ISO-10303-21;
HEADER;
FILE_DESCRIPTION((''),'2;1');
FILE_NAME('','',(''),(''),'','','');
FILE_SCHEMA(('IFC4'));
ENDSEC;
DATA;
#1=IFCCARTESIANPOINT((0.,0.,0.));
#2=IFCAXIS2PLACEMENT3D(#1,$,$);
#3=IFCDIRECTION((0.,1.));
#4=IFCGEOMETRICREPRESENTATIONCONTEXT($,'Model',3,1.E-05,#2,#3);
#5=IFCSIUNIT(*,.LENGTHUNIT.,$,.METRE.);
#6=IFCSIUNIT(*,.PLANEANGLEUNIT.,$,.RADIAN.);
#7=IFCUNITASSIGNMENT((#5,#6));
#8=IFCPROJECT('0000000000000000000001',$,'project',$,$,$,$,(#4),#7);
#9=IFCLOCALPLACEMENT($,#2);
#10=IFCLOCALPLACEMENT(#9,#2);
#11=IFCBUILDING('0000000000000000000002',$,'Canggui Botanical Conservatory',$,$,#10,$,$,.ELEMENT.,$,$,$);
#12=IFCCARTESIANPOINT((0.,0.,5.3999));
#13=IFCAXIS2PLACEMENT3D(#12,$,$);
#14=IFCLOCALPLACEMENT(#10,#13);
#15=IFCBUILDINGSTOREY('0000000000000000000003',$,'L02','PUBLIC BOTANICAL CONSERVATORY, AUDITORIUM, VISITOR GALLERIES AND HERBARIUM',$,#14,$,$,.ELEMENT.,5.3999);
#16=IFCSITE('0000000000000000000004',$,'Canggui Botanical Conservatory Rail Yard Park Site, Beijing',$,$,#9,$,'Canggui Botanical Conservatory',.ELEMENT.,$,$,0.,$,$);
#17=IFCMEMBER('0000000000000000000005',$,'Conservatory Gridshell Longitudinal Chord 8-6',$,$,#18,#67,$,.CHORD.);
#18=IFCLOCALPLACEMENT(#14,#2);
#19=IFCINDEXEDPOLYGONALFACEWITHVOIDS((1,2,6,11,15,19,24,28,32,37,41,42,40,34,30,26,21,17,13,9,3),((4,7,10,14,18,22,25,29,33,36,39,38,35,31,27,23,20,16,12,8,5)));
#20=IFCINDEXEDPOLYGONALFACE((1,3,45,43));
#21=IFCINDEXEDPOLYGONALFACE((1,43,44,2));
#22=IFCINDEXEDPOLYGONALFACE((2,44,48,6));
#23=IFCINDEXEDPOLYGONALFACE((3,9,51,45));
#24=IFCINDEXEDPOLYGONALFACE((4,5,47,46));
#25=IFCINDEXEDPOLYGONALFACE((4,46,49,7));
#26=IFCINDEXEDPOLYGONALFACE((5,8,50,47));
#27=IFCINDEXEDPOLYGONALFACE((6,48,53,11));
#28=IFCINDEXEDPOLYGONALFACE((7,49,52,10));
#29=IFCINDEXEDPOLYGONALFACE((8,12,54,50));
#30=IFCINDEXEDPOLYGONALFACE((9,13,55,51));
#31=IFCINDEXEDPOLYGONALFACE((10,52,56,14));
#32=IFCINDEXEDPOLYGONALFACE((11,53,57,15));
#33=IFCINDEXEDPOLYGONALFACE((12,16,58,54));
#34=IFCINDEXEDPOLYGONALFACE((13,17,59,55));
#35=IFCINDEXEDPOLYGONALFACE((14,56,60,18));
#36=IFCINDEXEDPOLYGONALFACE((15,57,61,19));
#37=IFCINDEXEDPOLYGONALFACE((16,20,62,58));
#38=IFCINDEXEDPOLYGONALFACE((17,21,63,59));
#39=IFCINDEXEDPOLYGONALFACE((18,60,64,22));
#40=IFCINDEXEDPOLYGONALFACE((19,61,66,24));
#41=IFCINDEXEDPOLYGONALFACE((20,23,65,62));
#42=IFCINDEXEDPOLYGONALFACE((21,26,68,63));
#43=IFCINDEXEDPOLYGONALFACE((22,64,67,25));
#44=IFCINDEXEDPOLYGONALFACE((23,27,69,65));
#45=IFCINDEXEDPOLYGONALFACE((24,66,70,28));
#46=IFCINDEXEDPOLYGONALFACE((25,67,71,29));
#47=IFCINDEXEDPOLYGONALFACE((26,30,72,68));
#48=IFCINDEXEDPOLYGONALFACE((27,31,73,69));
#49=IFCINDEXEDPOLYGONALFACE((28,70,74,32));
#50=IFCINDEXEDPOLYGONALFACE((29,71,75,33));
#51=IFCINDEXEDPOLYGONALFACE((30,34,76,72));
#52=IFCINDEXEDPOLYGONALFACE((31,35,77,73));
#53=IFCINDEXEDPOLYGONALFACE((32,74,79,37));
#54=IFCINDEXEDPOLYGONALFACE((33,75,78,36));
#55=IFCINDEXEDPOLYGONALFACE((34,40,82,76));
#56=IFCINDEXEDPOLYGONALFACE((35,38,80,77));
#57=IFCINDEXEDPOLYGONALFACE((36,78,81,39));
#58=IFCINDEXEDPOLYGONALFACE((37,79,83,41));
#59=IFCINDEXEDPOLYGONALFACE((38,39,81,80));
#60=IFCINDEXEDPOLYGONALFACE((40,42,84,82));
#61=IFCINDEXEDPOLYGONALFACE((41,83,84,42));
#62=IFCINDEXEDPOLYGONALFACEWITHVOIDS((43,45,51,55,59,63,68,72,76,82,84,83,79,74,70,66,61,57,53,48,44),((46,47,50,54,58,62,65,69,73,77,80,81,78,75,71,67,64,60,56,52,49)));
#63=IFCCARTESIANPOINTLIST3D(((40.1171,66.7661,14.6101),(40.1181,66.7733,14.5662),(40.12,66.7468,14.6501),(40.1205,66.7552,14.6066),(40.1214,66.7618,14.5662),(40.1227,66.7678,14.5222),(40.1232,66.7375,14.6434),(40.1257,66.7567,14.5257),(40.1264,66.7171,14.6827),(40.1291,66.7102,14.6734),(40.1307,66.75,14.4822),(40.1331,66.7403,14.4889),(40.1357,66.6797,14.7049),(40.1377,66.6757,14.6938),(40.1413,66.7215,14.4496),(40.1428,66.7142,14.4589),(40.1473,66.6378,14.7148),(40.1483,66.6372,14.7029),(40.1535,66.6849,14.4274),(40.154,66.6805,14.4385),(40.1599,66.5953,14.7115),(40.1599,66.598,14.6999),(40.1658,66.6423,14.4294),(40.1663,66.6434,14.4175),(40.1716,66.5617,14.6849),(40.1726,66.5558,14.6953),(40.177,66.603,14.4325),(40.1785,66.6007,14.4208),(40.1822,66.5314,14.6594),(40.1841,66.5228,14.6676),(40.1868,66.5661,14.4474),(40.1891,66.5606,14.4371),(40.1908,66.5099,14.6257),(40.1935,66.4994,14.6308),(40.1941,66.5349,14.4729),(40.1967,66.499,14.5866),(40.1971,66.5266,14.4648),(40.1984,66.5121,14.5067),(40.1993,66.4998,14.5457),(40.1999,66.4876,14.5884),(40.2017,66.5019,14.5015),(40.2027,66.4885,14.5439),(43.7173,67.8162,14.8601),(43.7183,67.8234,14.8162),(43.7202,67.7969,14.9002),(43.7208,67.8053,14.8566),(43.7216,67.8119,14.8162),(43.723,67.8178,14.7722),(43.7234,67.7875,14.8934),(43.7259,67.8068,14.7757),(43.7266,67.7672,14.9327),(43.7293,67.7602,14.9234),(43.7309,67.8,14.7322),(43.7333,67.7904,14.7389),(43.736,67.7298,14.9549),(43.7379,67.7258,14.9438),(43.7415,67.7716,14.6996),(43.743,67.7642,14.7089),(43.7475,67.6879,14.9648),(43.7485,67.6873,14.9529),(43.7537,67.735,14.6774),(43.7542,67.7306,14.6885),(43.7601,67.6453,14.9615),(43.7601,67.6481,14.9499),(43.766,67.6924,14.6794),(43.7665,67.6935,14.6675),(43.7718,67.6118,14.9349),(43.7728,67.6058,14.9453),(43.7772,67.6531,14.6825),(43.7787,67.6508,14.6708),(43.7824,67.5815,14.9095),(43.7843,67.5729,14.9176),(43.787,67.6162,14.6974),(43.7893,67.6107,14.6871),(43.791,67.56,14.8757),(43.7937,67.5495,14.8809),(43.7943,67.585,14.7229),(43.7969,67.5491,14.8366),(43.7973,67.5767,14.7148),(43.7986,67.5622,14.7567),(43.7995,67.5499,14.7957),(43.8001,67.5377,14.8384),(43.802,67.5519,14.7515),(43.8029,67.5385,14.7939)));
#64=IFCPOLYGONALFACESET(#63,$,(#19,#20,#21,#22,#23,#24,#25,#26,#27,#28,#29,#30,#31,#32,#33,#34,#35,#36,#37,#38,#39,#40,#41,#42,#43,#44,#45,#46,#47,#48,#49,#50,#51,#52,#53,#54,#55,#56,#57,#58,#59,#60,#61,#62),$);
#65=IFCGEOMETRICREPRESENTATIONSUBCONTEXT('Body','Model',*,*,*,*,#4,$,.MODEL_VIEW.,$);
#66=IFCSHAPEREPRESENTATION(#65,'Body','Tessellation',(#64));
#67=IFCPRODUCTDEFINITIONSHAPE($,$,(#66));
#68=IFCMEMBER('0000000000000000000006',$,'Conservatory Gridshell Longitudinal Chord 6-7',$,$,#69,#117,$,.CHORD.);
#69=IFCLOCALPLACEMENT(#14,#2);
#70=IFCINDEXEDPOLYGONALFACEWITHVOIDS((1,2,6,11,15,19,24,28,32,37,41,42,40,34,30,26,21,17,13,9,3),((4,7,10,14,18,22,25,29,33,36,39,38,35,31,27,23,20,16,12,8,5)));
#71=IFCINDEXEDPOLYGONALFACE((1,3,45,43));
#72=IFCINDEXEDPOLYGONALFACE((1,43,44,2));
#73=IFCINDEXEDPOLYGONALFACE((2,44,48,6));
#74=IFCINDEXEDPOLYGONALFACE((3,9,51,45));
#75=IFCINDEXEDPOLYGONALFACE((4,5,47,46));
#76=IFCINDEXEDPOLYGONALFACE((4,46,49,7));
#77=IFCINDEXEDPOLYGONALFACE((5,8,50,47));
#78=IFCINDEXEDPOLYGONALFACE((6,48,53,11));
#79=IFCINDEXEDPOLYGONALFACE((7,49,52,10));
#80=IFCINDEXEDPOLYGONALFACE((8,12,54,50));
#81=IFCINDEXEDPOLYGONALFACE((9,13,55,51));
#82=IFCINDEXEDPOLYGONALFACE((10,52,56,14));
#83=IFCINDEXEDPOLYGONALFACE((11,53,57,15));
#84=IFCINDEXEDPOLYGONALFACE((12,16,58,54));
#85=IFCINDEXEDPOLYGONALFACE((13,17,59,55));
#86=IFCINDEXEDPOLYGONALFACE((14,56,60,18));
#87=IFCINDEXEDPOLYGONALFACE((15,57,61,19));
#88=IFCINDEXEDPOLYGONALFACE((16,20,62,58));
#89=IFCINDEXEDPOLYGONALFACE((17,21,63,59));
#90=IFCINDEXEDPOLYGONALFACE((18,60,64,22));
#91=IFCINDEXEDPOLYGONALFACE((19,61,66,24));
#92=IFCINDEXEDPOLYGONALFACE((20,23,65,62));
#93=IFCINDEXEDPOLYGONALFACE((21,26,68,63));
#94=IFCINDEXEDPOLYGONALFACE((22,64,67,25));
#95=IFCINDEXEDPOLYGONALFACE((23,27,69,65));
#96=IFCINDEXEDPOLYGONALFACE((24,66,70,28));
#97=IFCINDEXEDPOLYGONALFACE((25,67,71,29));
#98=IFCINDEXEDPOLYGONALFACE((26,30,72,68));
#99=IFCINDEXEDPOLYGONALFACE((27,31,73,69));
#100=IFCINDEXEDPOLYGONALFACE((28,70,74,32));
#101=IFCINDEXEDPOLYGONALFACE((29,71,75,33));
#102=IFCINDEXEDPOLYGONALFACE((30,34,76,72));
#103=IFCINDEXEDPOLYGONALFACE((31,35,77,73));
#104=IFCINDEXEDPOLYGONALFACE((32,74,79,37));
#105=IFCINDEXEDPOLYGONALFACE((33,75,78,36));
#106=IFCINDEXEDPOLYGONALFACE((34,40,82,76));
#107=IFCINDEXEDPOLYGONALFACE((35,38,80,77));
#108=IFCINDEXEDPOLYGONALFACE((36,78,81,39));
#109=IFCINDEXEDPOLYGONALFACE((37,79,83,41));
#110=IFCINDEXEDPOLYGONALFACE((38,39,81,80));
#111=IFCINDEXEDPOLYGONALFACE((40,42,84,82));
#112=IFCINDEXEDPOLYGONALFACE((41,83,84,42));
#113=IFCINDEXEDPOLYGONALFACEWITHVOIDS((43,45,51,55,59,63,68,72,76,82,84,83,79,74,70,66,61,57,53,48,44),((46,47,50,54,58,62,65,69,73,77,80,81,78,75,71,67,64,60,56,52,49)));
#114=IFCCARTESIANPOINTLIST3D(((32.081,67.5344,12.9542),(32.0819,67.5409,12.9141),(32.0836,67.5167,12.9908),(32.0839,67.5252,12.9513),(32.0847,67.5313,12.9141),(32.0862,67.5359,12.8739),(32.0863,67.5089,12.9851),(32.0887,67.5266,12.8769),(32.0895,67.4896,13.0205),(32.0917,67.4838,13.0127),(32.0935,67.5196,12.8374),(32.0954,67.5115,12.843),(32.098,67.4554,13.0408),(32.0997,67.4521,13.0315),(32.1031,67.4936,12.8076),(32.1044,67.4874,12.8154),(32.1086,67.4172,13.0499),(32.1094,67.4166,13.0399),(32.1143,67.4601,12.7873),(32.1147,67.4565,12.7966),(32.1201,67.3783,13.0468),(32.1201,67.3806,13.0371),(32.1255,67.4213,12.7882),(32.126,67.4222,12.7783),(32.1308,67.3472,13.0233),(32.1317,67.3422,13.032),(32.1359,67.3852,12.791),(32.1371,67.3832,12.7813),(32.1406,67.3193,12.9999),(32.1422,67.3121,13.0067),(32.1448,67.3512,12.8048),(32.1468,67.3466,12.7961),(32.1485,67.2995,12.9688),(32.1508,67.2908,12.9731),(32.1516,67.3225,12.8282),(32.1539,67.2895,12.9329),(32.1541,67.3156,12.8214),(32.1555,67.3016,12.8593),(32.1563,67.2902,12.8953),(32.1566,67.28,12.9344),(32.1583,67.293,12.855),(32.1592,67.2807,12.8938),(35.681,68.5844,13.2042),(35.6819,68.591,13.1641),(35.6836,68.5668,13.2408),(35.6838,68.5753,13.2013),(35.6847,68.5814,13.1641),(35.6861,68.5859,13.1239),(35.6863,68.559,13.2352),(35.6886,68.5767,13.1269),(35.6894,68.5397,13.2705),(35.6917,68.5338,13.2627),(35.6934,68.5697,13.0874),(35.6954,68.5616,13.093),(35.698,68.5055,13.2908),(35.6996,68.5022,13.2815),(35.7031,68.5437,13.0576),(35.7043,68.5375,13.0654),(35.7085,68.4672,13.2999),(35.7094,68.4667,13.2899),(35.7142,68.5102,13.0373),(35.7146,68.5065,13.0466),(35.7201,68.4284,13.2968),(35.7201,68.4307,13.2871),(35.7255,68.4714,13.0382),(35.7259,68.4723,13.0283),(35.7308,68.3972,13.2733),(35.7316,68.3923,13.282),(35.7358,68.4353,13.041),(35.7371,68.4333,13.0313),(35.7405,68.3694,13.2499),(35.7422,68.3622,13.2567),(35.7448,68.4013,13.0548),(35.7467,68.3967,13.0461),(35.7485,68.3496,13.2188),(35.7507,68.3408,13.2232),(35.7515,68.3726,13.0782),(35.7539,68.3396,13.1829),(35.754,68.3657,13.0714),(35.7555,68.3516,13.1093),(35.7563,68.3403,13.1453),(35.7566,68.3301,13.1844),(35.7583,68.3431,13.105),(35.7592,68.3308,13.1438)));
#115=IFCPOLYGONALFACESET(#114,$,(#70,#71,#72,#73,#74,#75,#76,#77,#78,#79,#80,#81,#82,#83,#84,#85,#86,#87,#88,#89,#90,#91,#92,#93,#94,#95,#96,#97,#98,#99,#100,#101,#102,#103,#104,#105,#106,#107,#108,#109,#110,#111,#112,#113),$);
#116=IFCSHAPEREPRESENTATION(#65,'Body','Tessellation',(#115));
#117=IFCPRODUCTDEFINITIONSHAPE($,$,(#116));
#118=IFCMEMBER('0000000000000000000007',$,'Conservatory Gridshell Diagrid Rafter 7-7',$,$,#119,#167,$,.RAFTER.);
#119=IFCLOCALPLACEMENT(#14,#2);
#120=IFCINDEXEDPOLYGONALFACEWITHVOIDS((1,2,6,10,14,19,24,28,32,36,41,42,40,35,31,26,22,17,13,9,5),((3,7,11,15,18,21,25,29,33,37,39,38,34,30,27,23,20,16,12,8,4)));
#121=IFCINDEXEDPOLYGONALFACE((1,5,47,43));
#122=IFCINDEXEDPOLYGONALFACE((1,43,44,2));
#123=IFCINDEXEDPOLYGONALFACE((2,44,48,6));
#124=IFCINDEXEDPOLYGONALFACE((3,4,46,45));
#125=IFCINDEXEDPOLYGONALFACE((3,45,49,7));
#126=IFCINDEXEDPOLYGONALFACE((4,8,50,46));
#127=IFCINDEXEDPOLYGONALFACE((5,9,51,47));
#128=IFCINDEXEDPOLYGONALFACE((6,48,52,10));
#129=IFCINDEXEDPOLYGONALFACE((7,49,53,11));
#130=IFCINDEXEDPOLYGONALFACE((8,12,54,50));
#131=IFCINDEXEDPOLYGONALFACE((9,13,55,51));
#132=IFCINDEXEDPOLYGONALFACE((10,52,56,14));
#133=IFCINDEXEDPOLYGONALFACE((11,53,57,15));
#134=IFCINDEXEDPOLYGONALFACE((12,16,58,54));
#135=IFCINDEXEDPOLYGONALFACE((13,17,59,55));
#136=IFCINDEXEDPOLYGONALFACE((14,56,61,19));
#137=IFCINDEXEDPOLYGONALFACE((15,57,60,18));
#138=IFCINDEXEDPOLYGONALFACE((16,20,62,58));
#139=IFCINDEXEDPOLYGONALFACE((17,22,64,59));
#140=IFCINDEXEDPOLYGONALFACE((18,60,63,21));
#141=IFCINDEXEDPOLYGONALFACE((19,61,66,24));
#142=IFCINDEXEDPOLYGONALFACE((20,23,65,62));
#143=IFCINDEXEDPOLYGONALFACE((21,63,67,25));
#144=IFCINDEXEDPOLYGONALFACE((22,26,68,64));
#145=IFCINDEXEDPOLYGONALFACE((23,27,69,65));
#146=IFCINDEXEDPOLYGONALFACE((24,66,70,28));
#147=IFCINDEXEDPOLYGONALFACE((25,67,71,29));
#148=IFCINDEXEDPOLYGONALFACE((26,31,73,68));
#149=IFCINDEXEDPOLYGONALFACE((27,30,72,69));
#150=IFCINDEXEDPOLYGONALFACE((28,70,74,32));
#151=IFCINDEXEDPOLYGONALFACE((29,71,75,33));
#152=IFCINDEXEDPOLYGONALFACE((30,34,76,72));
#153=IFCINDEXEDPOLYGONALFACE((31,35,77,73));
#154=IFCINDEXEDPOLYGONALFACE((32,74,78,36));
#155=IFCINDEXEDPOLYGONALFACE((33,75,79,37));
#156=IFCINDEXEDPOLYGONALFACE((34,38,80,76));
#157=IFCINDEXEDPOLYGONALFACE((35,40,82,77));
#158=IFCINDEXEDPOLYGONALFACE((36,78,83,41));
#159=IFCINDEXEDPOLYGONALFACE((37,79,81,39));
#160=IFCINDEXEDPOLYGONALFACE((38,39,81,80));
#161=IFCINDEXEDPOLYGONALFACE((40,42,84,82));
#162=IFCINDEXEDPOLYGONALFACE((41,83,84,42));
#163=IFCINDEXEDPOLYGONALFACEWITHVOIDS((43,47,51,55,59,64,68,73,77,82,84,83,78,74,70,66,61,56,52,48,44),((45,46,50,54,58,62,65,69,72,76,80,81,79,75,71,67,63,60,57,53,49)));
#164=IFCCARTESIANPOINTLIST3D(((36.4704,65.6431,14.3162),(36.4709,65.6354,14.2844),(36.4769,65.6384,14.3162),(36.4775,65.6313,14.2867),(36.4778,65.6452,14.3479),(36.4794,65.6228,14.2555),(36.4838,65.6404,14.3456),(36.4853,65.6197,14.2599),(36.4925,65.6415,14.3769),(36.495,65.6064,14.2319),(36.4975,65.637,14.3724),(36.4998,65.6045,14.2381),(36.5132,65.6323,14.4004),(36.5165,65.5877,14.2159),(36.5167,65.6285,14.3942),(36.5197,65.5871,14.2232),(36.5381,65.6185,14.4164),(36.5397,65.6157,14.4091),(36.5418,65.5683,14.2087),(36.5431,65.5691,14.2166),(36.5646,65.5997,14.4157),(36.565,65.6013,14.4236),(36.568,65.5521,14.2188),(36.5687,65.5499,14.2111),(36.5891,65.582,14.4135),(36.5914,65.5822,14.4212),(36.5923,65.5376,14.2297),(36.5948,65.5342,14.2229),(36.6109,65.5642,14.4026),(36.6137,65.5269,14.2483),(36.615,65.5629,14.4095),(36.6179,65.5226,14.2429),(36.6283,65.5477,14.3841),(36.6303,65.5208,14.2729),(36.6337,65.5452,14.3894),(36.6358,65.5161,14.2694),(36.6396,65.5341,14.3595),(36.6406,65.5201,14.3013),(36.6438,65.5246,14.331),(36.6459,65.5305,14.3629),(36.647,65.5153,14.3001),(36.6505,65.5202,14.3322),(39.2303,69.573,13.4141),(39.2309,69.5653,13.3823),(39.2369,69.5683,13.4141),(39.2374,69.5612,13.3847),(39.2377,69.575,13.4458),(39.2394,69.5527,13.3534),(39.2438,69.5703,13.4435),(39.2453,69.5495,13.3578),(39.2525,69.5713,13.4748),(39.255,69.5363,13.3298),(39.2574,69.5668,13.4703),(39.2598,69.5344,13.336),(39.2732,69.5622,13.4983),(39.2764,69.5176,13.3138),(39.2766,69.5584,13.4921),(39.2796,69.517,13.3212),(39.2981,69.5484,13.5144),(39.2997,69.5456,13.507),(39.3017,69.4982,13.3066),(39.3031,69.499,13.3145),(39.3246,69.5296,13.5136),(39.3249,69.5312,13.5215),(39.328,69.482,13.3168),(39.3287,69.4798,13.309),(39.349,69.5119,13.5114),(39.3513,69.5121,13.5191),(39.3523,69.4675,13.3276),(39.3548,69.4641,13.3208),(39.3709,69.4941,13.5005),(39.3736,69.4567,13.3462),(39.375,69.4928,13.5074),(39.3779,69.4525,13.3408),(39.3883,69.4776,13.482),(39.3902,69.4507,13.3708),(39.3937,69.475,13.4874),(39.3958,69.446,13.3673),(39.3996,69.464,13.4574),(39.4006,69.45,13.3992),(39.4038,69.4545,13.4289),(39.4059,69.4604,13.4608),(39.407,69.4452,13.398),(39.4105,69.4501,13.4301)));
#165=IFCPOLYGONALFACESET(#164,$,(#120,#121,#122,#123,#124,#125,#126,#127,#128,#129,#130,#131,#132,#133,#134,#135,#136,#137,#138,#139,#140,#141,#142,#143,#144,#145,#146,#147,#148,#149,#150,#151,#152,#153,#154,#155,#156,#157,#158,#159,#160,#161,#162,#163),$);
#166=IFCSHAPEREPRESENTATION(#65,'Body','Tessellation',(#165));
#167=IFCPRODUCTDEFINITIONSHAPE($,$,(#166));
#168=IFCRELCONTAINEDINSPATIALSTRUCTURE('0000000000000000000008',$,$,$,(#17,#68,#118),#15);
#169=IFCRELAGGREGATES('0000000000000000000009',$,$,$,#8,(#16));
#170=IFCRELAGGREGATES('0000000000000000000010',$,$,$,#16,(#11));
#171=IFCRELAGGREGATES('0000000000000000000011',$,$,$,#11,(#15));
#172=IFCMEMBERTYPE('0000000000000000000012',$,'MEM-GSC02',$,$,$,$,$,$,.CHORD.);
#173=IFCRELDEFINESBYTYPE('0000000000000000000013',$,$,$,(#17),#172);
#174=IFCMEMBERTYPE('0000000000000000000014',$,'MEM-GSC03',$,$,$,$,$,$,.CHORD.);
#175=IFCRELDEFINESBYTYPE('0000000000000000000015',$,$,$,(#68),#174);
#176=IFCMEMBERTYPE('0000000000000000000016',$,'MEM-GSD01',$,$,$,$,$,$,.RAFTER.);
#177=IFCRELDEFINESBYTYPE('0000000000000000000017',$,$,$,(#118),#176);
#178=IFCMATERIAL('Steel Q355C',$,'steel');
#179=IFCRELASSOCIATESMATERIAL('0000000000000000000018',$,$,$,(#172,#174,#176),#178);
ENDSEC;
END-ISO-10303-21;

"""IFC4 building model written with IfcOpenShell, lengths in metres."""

from ifc_helpers import new_model, si_unit, direction, frame, origin, origin_2d, place, context, subcontext, project, spatial, hollow_circle, extrude, material, material_profile, profile_set, type_object, element, save


model = new_model("IFC4")

# Units and contexts
model_context = context("Model", 3, precision=1e-05, world=origin(), true_north=direction((0.0, 1.0)))
body_context = subcontext(model_context, "Body", "Model", "MODEL_VIEW")
ifc_project = project(units=[si_unit("LENGTHUNIT", "METRE"), si_unit("PLANEANGLEUNIT", "RADIAN")], contexts=[model_context])

# Site, building, storey
site_placement = place(None, origin())
site = spatial("IfcSite", under=ifc_project, at=site_placement, Name="Canggui Botanical Conservatory Rail Yard Park Site, Beijing", LongName="Canggui Botanical Conservatory", CompositionType="ELEMENT", RefElevation=0.0)
building_placement = place(site_placement, origin())
building = spatial("IfcBuilding", under=site, at=building_placement, Name="Canggui Botanical Conservatory", CompositionType="ELEMENT")
storey_placement = place(building_placement, frame((0.0, 0.0, 5.3999)))
storey = spatial("IfcBuildingStorey", under=building, at=storey_placement, Name="L02", Description="PUBLIC BOTANICAL CONSERVATORY, AUDITORIUM, VISITOR GALLERIES AND HERBARIUM", CompositionType="ELEMENT", Elevation=5.3999)

# Shared definitions
ifc_material_1 = material(Name="Steel Q355C", Category="steel")

# Members
ifc_material_profile_1 = material_profile(ifc_material_1, hollow_circle(Radius=0.1494, WallThickness=0.012, at=origin_2d()), Name="CHS 299x12")
ifc_profile_set_1 = profile_set([ifc_material_profile_1], Name="Steel Q355C")
member_type_1 = type_object("IfcMemberType", Name="MEM-GSC02", PredefinedType="CHORD", material=ifc_profile_set_1)
member_1_placement = place(storey_placement, frame((40.1599, 66.6299, 14.5662), z_axis=(0.957872, 0.279385, 0.066517), x_axis=(-0.280005, 0.959999, 0.0)))
element("IfcMember", 1, at=member_1_placement, inside=storey, type_object=member_type_1, Name="Conservatory Gridshell Longitudinal Chord 8-6", PredefinedType="CHORD", context=body_context, shape_type="SweptSolid", body=[
    extrude(hollow_circle(Radius=0.1494, WallThickness=0.012, at=origin_2d()), origin(), (0.0, 0.0, 1.0), 3.7585),
])
ifc_material_profile_2 = material_profile(ifc_material_1, hollow_circle(Radius=0.1365, WallThickness=0.01, at=origin_2d()), Name="CHS 273x10")
ifc_profile_set_2 = profile_set([ifc_material_profile_2], Name="Steel Q355C")
member_type_2 = type_object("IfcMemberType", Name="MEM-GSC03", PredefinedType="CHORD", material=ifc_profile_set_2)
member_2_placement = place(storey_placement, frame((32.1201, 67.4099, 12.9141), z_axis=(0.957867, 0.279402, 0.066521), x_axis=(-0.280023, 0.959993, 0.0)))
element("IfcMember", 2, at=member_2_placement, inside=storey, type_object=member_type_2, Name="Conservatory Gridshell Longitudinal Chord 6-7", PredefinedType="CHORD", context=body_context, shape_type="SweptSolid", body=[
    extrude(hollow_circle(Radius=0.1365, WallThickness=0.01, at=origin_2d()), origin(), (0.0, 0.0, 1.0), 3.7583),
])
ifc_material_profile_3 = material_profile(ifc_material_1, hollow_circle(Radius=0.1096, WallThickness=0.0081, at=origin_2d()), Name="CHS 219x8")
ifc_profile_set_3 = profile_set([ifc_material_profile_3], Name="Steel Q355C")
member_type_3 = type_object("IfcMemberType", Name="MEM-GSD01", PredefinedType="RAFTER", material=ifc_profile_set_3)
member_3_placement = place(storey_placement, frame((36.5601, 65.5801, 14.3162), z_axis=(0.564848, 0.804278, -0.184619), x_axis=(-0.818345, 0.574728, 0.0)))
element("IfcMember", 3, at=member_3_placement, inside=storey, type_object=member_type_3, Name="Conservatory Gridshell Diagrid Rafter 7-7", PredefinedType="RAFTER", context=body_context, shape_type="SweptSolid", body=[
    extrude(hollow_circle(Radius=0.1096, WallThickness=0.0081, at=origin_2d()), origin(), (0.0, 0.0, 1.0), 4.8862),
])

save(model, "model.ifc")
